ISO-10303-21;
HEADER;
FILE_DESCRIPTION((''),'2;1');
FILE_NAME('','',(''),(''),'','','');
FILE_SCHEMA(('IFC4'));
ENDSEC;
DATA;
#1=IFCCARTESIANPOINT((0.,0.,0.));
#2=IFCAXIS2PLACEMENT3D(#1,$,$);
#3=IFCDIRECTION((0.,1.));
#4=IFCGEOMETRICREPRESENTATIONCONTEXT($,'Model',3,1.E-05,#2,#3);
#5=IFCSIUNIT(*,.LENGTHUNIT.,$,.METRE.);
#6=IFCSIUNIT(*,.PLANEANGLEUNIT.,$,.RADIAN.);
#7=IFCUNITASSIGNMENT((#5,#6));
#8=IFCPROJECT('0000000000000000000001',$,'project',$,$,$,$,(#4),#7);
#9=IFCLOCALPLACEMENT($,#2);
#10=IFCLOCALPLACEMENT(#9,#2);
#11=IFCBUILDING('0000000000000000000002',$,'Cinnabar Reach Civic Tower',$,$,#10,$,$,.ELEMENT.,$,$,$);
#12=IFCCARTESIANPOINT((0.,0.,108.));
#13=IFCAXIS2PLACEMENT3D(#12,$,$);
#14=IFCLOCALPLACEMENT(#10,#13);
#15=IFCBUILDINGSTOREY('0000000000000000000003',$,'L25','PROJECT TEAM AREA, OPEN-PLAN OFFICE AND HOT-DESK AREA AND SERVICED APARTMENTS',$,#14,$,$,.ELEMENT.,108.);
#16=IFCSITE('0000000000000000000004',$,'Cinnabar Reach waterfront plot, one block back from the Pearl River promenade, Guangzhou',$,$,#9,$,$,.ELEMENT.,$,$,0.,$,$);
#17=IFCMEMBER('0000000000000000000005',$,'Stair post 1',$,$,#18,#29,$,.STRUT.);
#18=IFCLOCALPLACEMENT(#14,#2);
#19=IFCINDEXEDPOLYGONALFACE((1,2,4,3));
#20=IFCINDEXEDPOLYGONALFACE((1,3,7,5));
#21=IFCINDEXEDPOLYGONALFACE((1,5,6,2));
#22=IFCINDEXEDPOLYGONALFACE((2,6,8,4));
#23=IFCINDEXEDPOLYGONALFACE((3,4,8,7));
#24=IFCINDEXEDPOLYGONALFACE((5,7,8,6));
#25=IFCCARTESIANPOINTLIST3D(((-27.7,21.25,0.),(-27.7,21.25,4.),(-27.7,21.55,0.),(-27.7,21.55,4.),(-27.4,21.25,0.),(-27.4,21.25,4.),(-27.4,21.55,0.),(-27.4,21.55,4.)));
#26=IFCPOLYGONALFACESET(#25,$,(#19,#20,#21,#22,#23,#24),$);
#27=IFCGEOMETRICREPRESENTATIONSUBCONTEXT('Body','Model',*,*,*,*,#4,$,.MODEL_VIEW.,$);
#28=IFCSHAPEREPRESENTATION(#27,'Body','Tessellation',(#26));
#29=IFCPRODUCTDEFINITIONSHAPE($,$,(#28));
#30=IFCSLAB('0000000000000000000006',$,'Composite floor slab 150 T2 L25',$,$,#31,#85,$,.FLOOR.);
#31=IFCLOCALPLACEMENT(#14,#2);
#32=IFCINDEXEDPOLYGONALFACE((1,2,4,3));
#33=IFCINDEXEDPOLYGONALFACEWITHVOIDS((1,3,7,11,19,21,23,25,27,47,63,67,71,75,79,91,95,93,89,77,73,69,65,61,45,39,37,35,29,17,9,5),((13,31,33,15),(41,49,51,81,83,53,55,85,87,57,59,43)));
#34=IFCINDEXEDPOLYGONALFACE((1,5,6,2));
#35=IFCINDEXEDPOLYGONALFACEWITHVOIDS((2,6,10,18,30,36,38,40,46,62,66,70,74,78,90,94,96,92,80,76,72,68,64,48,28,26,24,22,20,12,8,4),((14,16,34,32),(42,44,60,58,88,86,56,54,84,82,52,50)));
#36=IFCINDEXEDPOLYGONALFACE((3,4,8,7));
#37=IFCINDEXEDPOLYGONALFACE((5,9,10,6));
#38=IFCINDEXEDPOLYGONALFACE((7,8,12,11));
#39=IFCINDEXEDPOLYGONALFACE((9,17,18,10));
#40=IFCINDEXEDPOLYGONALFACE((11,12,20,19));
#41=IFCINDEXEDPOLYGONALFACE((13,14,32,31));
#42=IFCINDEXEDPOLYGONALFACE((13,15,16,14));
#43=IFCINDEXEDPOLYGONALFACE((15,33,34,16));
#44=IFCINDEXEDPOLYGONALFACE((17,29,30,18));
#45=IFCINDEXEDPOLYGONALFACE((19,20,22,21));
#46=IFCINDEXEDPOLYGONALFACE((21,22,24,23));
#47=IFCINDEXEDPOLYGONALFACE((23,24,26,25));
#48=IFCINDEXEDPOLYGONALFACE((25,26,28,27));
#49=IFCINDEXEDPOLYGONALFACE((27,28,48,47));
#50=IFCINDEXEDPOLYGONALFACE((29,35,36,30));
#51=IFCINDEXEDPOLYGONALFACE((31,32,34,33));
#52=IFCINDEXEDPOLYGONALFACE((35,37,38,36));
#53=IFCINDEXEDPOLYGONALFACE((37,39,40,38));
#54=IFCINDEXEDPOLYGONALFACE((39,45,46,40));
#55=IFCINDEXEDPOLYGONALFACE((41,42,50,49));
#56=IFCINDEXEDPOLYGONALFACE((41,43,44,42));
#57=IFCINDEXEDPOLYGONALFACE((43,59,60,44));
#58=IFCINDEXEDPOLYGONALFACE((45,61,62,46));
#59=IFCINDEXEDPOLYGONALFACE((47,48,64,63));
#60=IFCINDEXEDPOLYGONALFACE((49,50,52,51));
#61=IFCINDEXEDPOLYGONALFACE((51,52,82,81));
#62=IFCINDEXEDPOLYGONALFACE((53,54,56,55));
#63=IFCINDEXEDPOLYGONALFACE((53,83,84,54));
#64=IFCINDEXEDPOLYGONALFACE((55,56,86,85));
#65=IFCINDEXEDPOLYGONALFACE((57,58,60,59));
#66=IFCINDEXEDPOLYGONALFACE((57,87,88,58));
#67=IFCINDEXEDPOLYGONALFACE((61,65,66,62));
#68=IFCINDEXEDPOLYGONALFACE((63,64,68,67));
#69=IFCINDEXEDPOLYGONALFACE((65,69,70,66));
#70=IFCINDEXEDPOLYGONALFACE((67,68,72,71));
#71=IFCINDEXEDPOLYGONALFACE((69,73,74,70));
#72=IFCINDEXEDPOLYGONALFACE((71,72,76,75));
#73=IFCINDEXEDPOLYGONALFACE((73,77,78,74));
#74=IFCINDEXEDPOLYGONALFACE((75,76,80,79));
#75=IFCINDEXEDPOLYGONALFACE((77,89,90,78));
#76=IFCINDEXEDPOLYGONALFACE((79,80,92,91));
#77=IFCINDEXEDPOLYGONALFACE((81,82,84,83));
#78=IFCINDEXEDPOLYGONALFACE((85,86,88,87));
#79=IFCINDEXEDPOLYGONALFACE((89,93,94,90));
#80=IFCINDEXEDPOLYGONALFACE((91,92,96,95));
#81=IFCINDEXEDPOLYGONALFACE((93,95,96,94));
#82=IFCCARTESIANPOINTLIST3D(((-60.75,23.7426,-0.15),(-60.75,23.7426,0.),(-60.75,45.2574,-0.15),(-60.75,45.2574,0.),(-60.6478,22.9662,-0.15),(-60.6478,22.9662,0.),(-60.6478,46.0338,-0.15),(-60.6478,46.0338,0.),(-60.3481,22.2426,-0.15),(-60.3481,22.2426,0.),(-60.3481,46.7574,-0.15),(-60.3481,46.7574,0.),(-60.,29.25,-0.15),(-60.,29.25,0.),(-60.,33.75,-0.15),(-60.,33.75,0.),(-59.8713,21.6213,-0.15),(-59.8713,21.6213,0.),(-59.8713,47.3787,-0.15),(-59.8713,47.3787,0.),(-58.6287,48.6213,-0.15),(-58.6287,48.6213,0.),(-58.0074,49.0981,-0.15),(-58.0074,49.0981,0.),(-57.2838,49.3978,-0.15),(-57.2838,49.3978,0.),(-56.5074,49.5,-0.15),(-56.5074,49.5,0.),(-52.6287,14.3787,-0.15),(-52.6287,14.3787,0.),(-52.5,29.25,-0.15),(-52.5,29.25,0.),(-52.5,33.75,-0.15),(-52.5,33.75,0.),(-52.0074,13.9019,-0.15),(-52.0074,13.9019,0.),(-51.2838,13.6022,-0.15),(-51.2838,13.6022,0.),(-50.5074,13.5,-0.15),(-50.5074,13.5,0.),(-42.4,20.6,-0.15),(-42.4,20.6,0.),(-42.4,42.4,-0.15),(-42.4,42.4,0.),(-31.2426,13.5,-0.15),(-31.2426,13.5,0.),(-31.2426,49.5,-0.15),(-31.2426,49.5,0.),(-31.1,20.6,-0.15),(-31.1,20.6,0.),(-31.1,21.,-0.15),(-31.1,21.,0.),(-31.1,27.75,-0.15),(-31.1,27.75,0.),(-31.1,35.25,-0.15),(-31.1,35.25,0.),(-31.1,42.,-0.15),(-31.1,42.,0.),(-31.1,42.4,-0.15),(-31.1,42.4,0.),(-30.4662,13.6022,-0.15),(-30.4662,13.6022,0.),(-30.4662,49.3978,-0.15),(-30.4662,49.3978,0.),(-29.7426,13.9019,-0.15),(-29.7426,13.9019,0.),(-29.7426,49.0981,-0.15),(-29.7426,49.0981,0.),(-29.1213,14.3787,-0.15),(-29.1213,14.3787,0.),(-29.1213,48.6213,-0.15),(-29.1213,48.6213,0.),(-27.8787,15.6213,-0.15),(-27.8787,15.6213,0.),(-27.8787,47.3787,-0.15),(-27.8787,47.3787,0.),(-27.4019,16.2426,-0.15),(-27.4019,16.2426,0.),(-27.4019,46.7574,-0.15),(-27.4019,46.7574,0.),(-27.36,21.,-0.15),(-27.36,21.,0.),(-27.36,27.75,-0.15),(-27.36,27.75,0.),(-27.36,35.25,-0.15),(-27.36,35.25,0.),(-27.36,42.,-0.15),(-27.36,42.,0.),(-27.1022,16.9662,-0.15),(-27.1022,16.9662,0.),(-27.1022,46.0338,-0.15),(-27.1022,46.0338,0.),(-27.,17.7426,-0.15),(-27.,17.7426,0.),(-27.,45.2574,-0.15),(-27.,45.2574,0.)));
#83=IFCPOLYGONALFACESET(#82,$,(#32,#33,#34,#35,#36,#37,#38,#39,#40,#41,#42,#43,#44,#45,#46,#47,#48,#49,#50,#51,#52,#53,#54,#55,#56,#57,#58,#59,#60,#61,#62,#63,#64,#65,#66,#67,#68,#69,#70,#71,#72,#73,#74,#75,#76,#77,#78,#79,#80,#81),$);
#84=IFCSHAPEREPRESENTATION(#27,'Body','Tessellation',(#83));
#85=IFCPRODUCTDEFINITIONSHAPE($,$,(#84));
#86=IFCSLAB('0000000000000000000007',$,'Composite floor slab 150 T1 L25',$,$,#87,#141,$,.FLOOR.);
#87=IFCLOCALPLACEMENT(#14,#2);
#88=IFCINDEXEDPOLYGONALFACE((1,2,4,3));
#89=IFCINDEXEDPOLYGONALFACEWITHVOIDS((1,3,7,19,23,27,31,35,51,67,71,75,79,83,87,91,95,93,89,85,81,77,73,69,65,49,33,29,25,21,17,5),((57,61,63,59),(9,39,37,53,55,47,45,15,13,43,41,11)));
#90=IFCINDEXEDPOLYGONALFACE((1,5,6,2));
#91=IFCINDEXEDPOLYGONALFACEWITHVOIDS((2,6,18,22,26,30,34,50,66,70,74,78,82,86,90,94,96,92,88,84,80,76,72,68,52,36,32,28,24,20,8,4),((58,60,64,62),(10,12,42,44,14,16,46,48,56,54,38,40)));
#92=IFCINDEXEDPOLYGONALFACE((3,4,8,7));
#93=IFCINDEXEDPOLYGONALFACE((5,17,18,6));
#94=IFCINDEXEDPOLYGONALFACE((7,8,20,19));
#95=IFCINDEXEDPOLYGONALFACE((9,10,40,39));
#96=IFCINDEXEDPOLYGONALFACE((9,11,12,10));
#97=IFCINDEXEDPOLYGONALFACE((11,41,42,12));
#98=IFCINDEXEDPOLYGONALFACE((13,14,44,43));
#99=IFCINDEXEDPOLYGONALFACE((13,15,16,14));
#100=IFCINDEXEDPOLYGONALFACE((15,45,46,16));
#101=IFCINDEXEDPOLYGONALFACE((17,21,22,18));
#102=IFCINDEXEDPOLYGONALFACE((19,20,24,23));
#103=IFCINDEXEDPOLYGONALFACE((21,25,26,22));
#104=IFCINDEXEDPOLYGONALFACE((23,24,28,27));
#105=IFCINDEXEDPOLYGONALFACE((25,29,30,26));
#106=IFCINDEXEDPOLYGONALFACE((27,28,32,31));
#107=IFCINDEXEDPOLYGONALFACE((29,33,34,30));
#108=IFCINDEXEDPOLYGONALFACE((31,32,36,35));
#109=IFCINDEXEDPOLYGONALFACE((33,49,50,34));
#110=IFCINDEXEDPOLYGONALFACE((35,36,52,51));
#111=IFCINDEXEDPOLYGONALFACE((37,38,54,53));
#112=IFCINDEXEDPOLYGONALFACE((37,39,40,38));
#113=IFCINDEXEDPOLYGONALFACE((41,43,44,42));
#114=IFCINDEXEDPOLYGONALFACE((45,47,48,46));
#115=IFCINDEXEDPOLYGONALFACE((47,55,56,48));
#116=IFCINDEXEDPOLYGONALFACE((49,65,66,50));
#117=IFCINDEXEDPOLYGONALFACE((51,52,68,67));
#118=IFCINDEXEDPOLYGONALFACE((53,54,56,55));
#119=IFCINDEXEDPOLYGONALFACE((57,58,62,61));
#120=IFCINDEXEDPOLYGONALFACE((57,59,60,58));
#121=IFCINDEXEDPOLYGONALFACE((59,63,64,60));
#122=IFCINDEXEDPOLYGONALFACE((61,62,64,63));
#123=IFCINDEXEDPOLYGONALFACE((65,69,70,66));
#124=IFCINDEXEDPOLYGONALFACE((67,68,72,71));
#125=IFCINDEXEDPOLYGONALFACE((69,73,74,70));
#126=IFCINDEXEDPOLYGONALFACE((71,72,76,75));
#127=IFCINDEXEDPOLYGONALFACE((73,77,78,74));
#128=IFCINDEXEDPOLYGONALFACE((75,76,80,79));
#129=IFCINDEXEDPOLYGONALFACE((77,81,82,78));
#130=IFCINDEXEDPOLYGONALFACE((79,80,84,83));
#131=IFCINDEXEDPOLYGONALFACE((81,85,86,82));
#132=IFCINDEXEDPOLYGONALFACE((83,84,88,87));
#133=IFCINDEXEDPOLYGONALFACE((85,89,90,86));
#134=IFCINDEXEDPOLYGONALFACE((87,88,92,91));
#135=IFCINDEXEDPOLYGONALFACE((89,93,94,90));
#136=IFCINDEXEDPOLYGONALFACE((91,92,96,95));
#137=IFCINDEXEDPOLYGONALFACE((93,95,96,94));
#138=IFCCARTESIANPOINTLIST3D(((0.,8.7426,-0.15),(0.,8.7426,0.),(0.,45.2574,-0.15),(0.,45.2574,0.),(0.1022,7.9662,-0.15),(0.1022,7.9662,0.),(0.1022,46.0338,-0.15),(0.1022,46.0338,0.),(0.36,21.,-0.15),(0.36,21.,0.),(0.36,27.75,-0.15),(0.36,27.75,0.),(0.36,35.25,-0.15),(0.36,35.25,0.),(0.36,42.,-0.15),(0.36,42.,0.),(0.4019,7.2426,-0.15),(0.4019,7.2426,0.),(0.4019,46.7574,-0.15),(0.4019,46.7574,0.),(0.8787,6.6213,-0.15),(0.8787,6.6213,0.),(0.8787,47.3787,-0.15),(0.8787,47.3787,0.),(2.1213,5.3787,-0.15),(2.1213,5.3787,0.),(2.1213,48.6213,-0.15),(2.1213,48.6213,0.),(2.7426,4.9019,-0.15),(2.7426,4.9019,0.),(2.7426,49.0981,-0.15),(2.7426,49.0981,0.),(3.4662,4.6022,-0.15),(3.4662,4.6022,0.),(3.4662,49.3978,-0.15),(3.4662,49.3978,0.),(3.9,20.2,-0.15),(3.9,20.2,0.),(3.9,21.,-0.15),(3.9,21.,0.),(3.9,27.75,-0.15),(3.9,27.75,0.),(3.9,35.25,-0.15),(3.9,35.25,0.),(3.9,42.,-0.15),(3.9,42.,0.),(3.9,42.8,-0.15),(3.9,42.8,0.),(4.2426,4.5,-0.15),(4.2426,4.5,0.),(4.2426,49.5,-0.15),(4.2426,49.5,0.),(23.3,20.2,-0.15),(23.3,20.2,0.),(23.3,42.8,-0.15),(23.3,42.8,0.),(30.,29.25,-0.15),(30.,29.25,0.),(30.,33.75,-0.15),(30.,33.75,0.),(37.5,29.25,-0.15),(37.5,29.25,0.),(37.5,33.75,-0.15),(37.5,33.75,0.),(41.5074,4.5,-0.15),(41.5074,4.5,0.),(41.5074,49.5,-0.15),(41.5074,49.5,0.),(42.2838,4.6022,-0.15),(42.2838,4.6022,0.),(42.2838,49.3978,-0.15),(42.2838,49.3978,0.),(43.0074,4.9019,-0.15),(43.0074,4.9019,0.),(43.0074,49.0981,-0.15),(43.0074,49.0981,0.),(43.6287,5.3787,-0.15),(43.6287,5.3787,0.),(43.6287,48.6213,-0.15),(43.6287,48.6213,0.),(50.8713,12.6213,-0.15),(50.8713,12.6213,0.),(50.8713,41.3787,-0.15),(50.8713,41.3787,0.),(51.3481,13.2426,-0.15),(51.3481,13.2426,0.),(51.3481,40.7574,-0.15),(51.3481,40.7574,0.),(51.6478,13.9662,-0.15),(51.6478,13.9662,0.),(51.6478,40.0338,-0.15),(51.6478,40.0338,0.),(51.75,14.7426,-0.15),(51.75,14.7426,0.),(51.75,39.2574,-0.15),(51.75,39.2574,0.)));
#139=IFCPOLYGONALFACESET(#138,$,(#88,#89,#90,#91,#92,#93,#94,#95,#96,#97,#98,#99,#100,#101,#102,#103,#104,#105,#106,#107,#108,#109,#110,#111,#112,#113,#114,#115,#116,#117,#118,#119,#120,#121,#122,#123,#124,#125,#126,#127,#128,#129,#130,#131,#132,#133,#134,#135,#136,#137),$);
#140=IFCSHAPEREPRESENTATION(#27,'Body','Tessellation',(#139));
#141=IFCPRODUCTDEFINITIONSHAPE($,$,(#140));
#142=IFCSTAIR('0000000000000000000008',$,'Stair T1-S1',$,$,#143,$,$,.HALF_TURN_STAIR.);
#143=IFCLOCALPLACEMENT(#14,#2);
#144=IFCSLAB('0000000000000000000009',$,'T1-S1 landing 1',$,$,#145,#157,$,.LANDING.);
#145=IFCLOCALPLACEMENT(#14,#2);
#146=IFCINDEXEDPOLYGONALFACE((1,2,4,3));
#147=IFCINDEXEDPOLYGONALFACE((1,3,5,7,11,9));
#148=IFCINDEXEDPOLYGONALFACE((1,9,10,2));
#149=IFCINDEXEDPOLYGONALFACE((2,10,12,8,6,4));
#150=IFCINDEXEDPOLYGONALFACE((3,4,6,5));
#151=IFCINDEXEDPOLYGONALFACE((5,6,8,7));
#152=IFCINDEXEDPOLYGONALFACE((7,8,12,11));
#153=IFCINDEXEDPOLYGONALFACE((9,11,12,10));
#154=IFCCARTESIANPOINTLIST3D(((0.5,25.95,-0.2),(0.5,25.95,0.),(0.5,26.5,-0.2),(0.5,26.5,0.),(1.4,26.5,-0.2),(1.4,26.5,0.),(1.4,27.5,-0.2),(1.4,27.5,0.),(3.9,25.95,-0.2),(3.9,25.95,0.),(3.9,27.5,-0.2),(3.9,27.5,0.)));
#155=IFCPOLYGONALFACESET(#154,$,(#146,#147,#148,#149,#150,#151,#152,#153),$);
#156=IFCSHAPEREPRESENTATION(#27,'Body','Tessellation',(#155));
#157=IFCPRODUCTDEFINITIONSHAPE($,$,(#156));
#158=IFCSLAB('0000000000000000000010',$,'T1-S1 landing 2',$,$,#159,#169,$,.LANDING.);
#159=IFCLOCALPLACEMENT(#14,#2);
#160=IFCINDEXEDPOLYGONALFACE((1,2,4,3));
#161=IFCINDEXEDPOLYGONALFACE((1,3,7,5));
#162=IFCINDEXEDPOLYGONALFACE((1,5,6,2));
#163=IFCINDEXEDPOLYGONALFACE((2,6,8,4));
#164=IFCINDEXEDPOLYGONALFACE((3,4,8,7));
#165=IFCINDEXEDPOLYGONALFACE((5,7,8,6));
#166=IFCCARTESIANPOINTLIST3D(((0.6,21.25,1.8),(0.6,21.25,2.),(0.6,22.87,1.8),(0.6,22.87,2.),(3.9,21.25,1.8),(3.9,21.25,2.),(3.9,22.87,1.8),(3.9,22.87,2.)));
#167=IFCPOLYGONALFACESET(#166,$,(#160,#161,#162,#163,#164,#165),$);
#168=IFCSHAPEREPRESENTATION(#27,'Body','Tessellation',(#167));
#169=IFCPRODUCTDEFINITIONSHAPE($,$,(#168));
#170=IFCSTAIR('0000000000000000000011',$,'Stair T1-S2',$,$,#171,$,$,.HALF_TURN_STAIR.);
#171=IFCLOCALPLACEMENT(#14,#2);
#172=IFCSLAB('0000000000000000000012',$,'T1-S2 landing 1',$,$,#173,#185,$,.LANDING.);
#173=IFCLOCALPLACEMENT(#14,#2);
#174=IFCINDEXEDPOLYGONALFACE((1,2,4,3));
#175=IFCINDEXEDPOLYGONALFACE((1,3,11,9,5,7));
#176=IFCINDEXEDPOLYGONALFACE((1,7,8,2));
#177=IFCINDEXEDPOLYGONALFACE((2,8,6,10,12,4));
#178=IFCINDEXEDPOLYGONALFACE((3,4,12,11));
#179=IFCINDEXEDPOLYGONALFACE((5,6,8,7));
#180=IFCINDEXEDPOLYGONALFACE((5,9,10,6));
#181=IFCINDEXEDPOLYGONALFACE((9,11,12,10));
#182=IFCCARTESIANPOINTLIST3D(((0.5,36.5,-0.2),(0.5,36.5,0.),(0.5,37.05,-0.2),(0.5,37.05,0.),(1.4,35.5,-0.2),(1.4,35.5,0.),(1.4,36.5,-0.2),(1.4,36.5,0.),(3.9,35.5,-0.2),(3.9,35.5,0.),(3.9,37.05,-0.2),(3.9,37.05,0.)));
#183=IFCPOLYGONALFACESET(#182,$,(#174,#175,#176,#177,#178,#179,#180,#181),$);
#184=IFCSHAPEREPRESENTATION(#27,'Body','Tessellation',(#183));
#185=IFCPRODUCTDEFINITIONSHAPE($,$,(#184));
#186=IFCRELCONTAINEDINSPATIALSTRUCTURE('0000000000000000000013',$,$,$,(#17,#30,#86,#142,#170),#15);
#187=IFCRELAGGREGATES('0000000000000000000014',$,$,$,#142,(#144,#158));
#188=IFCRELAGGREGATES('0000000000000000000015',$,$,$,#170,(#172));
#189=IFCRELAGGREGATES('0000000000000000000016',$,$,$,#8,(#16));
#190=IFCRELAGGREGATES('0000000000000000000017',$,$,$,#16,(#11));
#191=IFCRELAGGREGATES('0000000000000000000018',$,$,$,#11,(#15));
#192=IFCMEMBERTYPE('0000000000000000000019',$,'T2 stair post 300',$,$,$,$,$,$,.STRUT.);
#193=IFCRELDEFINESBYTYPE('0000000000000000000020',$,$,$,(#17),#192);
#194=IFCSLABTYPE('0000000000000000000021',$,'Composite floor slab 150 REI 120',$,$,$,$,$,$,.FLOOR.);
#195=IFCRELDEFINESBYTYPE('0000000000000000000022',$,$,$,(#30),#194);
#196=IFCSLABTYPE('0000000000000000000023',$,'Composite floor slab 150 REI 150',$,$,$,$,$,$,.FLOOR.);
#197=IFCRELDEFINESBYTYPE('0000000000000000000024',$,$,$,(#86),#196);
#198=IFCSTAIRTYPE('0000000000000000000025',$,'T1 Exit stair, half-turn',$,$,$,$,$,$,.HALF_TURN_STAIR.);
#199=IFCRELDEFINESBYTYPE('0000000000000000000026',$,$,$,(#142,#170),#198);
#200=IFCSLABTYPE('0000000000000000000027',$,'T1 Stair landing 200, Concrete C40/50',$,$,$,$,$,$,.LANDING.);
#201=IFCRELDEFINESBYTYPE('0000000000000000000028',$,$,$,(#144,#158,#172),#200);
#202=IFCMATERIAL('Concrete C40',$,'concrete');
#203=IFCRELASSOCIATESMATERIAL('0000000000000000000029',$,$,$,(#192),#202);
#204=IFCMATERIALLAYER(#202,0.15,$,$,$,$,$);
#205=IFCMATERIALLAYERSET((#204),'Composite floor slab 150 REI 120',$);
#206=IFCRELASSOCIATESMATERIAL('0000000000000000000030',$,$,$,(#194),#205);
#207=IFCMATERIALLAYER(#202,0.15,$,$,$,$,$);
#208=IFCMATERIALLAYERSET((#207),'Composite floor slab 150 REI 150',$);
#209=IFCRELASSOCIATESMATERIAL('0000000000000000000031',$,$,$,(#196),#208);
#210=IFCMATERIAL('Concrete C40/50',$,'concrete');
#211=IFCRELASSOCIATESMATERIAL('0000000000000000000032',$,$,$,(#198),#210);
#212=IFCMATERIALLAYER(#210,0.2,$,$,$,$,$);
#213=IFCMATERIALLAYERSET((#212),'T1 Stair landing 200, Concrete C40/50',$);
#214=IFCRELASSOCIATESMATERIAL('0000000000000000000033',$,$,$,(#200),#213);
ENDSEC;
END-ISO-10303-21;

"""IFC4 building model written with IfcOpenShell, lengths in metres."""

from ifc_helpers import new_model, si_unit, direction, frame, origin, origin_2d, place, context, subcontext, project, spatial, polyline, rectangle, outline, extrude, material, layer, layer_set, material_profile, profile_set, type_object, element, aggregate, save


model = new_model("IFC4")

# Units and contexts
model_context = context("Model", 3, precision=1e-05, world=origin(), true_north=direction((0.0, 1.0)))
body_context = subcontext(model_context, "Body", "Model", "MODEL_VIEW")
ifc_project = project(units=[si_unit("LENGTHUNIT", "METRE"), si_unit("PLANEANGLEUNIT", "RADIAN")], contexts=[model_context])

# Site, building, storey
site_placement = place(None, origin())
site = spatial("IfcSite", under=ifc_project, at=site_placement, Name="Cinnabar Reach waterfront plot, one block back from the Pearl River promenade, Guangzhou", CompositionType="ELEMENT", RefElevation=0.0)
building_placement = place(site_placement, origin())
building = spatial("IfcBuilding", under=site, at=building_placement, Name="Cinnabar Reach Civic Tower", CompositionType="ELEMENT")
storey_placement = place(building_placement, frame((0.0, 0.0, 108.0)))
storey = spatial("IfcBuildingStorey", under=building, at=storey_placement, Name="L25", Description="PROJECT TEAM AREA, OPEN-PLAN OFFICE AND HOT-DESK AREA AND SERVICED APARTMENTS", CompositionType="ELEMENT", Elevation=108.0)

# Member
ifc_material_1 = material(Name="Concrete C40", Category="concrete")
ifc_material_profile = material_profile(ifc_material_1, rectangle(XDim=0.3, YDim=0.3, at=origin_2d()), Name="C300")
ifc_profile_set = profile_set([ifc_material_profile], Name="Concrete C40")
member_type = type_object("IfcMemberType", Name="T2 stair post 300", PredefinedType="STRUT", material=ifc_profile_set)
member_placement = place(storey_placement, frame((-27.55, 21.4, 0.0), z_axis=(0.0, 0.0, 1.0), x_axis=(1.0, 0.0, 0.0)))
element("IfcMember", 1, at=member_placement, inside=storey, type_object=member_type, Name="Stair post 1", PredefinedType="STRUT", context=body_context, shape_type="SweptSolid", body=[
    extrude(rectangle(XDim=0.3, YDim=0.3, at=origin_2d()), origin(), (0.0, 0.0, 1.0), 4.0),
])

# Slabs
ifc_layer_1 = layer(ifc_material_1, 0.15)
ifc_layer_set_1 = layer_set([ifc_layer_1], Name="Composite floor slab 150 REI 120")
slab_type_1 = type_object("IfcSlabType", Name="Composite floor slab 150 REI 120", PredefinedType="FLOOR", material=ifc_layer_set_1)
slab_1_placement = place(storey_placement, frame((0.0, 0.0, -0.15)))
element("IfcSlab", 2, at=slab_1_placement, inside=storey, type_object=slab_type_1, Name="Composite floor slab 150 T2 L25", PredefinedType="FLOOR", context=body_context, shape_type="SweptSolid", body=[
    extrude(outline(polyline([(-59.8713, 21.6213), (-60.3481, 22.2426), (-60.6478, 22.9662), (-60.75, 23.7426), (-60.75, 45.2574), (-60.6478, 46.0338), (-60.3481, 46.7574), (-59.8713, 47.3787), (-58.6287, 48.6213), (-58.0074, 49.0981), (-57.2838, 49.3978), (-56.5074, 49.5), (-31.2426, 49.5), (-30.4662, 49.3978), (-29.7426, 49.0981), (-29.1213, 48.6213), (-27.8787, 47.3787), (-27.4019, 46.7574), (-27.1022, 46.0338), (-27.0, 45.2574), (-27.0, 17.7426), (-27.1022, 16.9662), (-27.4019, 16.2426), (-27.8787, 15.6213), (-29.1213, 14.3787), (-29.7426, 13.9019), (-30.4662, 13.6022), (-31.2426, 13.5), (-50.5074, 13.5), (-51.2838, 13.6022), (-52.0074, 13.9019), (-52.6287, 14.3787), (-59.8713, 21.6213)]), holes=[polyline([(-31.1, 27.75), (-31.1, 35.25), (-27.36, 35.25), (-27.36, 42.0), (-31.1, 42.0), (-31.1, 42.4), (-42.4, 42.4), (-42.4, 20.6), (-31.1, 20.6), (-31.1, 21.0), (-27.36, 21.0), (-27.36, 27.75), (-31.1, 27.75)]), polyline([(-60.0, 33.75), (-60.0, 29.25), (-52.5, 29.25), (-52.5, 33.75), (-60.0, 33.75)])]), origin(), (0.0, 0.0, 1.0), 0.15),
])
ifc_layer_2 = layer(ifc_material_1, 0.15)
ifc_layer_set_2 = layer_set([ifc_layer_2], Name="Composite floor slab 150 REI 150")
slab_type_2 = type_object("IfcSlabType", Name="Composite floor slab 150 REI 150", PredefinedType="FLOOR", material=ifc_layer_set_2)
slab_2_placement = place(storey_placement, frame((0.0, 0.0, -0.15)))
element("IfcSlab", 3, at=slab_2_placement, inside=storey, type_object=slab_type_2, Name="Composite floor slab 150 T1 L25", PredefinedType="FLOOR", context=body_context, shape_type="SweptSolid", body=[
    extrude(outline(polyline([(0.8787, 6.6213), (0.4019, 7.2426), (0.1022, 7.9662), (0.0, 8.7426), (0.0, 45.2574), (0.1022, 46.0338), (0.4019, 46.7574), (0.8787, 47.3787), (2.1213, 48.6213), (2.7426, 49.0981), (3.4662, 49.3978), (4.2426, 49.5), (41.5074, 49.5), (42.2838, 49.3978), (43.0074, 49.0981), (43.6287, 48.6213), (50.8713, 41.3787), (51.3481, 40.7574), (51.6478, 40.0338), (51.75, 39.2574), (51.75, 14.7426), (51.6478, 13.9662), (51.3481, 13.2426), (50.8713, 12.6213), (43.6287, 5.3787), (43.0074, 4.9019), (42.2838, 4.6022), (41.5074, 4.5), (4.2426, 4.5), (3.4662, 4.6022), (2.7426, 4.9019), (2.1213, 5.3787), (0.8787, 6.6213)]), holes=[polyline([(0.36, 21.0), (3.9, 21.0), (3.9, 20.2), (23.3, 20.2), (23.3, 42.8), (3.9, 42.8), (3.9, 42.0), (0.36, 42.0), (0.36, 35.25), (3.9, 35.25), (3.9, 27.75), (0.36, 27.75), (0.36, 21.0)]), polyline([(30.0, 33.75), (30.0, 29.25), (37.5, 29.25), (37.5, 33.75), (30.0, 33.75)])]), origin(), (0.0, 0.0, 1.0), 0.15),
])

# Stairs, slabs
ifc_material_2 = material(Name="Concrete C40/50", Category="concrete")
stair_type_1 = type_object("IfcStairType", Name="T1 Exit stair, half-turn", PredefinedType="HALF_TURN_STAIR", material=ifc_material_2)
stair_1_placement = place(storey_placement, origin())
stair_1 = element("IfcStair", 4, at=stair_1_placement, inside=storey, type_object=stair_type_1, Name="Stair T1-S1", PredefinedType="HALF_TURN_STAIR")
ifc_layer_3 = layer(ifc_material_2, 0.2)
ifc_layer_set_3 = layer_set([ifc_layer_3], Name="T1 Stair landing 200, Concrete C40/50")
slab_type_3 = type_object("IfcSlabType", Name="T1 Stair landing 200, Concrete C40/50", PredefinedType="LANDING", material=ifc_layer_set_3)
slab_3_placement = place(storey_placement, frame((0.0, 0.0, -0.2)))
slab_3 = element("IfcSlab", 5, at=slab_3_placement, type_object=slab_type_3, Name="T1-S1 landing 1", PredefinedType="LANDING", context=body_context, shape_type="SweptSolid", body=[
    extrude(outline(polyline([(3.9, 27.5), (3.9, 25.95), (0.5, 25.95), (0.5, 26.5), (1.4, 26.5), (1.4, 27.5), (3.9, 27.5)])), origin(), (0.0, 0.0, 1.0), 0.2),
])
slab_4_placement = place(storey_placement, frame((0.0, 0.0, 1.8)))
slab_4 = element("IfcSlab", 6, at=slab_4_placement, type_object=slab_type_3, Name="T1-S1 landing 2", PredefinedType="LANDING", context=body_context, shape_type="SweptSolid", body=[
    extrude(outline(polyline([(0.6, 21.25), (0.6, 22.87), (3.9, 22.87), (3.9, 21.25), (0.6, 21.25)])), origin(), (0.0, 0.0, 1.0), 0.2),
])
aggregate(stair_1, [slab_3, slab_4])
stair_2_placement = place(storey_placement, origin())
stair_2 = element("IfcStair", 7, at=stair_2_placement, inside=storey, type_object=stair_type_1, Name="Stair T1-S2", PredefinedType="HALF_TURN_STAIR")
slab_5_placement = place(storey_placement, frame((0.0, 0.0, -0.2)))
slab_5 = element("IfcSlab", 8, at=slab_5_placement, type_object=slab_type_3, Name="T1-S2 landing 1", PredefinedType="LANDING", context=body_context, shape_type="SweptSolid", body=[
    extrude(outline(polyline([(0.5, 37.05), (3.9, 37.05), (3.9, 35.5), (1.4, 35.5), (1.4, 36.5), (0.5, 36.5), (0.5, 37.05)])), origin(), (0.0, 0.0, 1.0), 0.2),
])
aggregate(stair_2, [slab_5])

save(model, "model.ifc")
